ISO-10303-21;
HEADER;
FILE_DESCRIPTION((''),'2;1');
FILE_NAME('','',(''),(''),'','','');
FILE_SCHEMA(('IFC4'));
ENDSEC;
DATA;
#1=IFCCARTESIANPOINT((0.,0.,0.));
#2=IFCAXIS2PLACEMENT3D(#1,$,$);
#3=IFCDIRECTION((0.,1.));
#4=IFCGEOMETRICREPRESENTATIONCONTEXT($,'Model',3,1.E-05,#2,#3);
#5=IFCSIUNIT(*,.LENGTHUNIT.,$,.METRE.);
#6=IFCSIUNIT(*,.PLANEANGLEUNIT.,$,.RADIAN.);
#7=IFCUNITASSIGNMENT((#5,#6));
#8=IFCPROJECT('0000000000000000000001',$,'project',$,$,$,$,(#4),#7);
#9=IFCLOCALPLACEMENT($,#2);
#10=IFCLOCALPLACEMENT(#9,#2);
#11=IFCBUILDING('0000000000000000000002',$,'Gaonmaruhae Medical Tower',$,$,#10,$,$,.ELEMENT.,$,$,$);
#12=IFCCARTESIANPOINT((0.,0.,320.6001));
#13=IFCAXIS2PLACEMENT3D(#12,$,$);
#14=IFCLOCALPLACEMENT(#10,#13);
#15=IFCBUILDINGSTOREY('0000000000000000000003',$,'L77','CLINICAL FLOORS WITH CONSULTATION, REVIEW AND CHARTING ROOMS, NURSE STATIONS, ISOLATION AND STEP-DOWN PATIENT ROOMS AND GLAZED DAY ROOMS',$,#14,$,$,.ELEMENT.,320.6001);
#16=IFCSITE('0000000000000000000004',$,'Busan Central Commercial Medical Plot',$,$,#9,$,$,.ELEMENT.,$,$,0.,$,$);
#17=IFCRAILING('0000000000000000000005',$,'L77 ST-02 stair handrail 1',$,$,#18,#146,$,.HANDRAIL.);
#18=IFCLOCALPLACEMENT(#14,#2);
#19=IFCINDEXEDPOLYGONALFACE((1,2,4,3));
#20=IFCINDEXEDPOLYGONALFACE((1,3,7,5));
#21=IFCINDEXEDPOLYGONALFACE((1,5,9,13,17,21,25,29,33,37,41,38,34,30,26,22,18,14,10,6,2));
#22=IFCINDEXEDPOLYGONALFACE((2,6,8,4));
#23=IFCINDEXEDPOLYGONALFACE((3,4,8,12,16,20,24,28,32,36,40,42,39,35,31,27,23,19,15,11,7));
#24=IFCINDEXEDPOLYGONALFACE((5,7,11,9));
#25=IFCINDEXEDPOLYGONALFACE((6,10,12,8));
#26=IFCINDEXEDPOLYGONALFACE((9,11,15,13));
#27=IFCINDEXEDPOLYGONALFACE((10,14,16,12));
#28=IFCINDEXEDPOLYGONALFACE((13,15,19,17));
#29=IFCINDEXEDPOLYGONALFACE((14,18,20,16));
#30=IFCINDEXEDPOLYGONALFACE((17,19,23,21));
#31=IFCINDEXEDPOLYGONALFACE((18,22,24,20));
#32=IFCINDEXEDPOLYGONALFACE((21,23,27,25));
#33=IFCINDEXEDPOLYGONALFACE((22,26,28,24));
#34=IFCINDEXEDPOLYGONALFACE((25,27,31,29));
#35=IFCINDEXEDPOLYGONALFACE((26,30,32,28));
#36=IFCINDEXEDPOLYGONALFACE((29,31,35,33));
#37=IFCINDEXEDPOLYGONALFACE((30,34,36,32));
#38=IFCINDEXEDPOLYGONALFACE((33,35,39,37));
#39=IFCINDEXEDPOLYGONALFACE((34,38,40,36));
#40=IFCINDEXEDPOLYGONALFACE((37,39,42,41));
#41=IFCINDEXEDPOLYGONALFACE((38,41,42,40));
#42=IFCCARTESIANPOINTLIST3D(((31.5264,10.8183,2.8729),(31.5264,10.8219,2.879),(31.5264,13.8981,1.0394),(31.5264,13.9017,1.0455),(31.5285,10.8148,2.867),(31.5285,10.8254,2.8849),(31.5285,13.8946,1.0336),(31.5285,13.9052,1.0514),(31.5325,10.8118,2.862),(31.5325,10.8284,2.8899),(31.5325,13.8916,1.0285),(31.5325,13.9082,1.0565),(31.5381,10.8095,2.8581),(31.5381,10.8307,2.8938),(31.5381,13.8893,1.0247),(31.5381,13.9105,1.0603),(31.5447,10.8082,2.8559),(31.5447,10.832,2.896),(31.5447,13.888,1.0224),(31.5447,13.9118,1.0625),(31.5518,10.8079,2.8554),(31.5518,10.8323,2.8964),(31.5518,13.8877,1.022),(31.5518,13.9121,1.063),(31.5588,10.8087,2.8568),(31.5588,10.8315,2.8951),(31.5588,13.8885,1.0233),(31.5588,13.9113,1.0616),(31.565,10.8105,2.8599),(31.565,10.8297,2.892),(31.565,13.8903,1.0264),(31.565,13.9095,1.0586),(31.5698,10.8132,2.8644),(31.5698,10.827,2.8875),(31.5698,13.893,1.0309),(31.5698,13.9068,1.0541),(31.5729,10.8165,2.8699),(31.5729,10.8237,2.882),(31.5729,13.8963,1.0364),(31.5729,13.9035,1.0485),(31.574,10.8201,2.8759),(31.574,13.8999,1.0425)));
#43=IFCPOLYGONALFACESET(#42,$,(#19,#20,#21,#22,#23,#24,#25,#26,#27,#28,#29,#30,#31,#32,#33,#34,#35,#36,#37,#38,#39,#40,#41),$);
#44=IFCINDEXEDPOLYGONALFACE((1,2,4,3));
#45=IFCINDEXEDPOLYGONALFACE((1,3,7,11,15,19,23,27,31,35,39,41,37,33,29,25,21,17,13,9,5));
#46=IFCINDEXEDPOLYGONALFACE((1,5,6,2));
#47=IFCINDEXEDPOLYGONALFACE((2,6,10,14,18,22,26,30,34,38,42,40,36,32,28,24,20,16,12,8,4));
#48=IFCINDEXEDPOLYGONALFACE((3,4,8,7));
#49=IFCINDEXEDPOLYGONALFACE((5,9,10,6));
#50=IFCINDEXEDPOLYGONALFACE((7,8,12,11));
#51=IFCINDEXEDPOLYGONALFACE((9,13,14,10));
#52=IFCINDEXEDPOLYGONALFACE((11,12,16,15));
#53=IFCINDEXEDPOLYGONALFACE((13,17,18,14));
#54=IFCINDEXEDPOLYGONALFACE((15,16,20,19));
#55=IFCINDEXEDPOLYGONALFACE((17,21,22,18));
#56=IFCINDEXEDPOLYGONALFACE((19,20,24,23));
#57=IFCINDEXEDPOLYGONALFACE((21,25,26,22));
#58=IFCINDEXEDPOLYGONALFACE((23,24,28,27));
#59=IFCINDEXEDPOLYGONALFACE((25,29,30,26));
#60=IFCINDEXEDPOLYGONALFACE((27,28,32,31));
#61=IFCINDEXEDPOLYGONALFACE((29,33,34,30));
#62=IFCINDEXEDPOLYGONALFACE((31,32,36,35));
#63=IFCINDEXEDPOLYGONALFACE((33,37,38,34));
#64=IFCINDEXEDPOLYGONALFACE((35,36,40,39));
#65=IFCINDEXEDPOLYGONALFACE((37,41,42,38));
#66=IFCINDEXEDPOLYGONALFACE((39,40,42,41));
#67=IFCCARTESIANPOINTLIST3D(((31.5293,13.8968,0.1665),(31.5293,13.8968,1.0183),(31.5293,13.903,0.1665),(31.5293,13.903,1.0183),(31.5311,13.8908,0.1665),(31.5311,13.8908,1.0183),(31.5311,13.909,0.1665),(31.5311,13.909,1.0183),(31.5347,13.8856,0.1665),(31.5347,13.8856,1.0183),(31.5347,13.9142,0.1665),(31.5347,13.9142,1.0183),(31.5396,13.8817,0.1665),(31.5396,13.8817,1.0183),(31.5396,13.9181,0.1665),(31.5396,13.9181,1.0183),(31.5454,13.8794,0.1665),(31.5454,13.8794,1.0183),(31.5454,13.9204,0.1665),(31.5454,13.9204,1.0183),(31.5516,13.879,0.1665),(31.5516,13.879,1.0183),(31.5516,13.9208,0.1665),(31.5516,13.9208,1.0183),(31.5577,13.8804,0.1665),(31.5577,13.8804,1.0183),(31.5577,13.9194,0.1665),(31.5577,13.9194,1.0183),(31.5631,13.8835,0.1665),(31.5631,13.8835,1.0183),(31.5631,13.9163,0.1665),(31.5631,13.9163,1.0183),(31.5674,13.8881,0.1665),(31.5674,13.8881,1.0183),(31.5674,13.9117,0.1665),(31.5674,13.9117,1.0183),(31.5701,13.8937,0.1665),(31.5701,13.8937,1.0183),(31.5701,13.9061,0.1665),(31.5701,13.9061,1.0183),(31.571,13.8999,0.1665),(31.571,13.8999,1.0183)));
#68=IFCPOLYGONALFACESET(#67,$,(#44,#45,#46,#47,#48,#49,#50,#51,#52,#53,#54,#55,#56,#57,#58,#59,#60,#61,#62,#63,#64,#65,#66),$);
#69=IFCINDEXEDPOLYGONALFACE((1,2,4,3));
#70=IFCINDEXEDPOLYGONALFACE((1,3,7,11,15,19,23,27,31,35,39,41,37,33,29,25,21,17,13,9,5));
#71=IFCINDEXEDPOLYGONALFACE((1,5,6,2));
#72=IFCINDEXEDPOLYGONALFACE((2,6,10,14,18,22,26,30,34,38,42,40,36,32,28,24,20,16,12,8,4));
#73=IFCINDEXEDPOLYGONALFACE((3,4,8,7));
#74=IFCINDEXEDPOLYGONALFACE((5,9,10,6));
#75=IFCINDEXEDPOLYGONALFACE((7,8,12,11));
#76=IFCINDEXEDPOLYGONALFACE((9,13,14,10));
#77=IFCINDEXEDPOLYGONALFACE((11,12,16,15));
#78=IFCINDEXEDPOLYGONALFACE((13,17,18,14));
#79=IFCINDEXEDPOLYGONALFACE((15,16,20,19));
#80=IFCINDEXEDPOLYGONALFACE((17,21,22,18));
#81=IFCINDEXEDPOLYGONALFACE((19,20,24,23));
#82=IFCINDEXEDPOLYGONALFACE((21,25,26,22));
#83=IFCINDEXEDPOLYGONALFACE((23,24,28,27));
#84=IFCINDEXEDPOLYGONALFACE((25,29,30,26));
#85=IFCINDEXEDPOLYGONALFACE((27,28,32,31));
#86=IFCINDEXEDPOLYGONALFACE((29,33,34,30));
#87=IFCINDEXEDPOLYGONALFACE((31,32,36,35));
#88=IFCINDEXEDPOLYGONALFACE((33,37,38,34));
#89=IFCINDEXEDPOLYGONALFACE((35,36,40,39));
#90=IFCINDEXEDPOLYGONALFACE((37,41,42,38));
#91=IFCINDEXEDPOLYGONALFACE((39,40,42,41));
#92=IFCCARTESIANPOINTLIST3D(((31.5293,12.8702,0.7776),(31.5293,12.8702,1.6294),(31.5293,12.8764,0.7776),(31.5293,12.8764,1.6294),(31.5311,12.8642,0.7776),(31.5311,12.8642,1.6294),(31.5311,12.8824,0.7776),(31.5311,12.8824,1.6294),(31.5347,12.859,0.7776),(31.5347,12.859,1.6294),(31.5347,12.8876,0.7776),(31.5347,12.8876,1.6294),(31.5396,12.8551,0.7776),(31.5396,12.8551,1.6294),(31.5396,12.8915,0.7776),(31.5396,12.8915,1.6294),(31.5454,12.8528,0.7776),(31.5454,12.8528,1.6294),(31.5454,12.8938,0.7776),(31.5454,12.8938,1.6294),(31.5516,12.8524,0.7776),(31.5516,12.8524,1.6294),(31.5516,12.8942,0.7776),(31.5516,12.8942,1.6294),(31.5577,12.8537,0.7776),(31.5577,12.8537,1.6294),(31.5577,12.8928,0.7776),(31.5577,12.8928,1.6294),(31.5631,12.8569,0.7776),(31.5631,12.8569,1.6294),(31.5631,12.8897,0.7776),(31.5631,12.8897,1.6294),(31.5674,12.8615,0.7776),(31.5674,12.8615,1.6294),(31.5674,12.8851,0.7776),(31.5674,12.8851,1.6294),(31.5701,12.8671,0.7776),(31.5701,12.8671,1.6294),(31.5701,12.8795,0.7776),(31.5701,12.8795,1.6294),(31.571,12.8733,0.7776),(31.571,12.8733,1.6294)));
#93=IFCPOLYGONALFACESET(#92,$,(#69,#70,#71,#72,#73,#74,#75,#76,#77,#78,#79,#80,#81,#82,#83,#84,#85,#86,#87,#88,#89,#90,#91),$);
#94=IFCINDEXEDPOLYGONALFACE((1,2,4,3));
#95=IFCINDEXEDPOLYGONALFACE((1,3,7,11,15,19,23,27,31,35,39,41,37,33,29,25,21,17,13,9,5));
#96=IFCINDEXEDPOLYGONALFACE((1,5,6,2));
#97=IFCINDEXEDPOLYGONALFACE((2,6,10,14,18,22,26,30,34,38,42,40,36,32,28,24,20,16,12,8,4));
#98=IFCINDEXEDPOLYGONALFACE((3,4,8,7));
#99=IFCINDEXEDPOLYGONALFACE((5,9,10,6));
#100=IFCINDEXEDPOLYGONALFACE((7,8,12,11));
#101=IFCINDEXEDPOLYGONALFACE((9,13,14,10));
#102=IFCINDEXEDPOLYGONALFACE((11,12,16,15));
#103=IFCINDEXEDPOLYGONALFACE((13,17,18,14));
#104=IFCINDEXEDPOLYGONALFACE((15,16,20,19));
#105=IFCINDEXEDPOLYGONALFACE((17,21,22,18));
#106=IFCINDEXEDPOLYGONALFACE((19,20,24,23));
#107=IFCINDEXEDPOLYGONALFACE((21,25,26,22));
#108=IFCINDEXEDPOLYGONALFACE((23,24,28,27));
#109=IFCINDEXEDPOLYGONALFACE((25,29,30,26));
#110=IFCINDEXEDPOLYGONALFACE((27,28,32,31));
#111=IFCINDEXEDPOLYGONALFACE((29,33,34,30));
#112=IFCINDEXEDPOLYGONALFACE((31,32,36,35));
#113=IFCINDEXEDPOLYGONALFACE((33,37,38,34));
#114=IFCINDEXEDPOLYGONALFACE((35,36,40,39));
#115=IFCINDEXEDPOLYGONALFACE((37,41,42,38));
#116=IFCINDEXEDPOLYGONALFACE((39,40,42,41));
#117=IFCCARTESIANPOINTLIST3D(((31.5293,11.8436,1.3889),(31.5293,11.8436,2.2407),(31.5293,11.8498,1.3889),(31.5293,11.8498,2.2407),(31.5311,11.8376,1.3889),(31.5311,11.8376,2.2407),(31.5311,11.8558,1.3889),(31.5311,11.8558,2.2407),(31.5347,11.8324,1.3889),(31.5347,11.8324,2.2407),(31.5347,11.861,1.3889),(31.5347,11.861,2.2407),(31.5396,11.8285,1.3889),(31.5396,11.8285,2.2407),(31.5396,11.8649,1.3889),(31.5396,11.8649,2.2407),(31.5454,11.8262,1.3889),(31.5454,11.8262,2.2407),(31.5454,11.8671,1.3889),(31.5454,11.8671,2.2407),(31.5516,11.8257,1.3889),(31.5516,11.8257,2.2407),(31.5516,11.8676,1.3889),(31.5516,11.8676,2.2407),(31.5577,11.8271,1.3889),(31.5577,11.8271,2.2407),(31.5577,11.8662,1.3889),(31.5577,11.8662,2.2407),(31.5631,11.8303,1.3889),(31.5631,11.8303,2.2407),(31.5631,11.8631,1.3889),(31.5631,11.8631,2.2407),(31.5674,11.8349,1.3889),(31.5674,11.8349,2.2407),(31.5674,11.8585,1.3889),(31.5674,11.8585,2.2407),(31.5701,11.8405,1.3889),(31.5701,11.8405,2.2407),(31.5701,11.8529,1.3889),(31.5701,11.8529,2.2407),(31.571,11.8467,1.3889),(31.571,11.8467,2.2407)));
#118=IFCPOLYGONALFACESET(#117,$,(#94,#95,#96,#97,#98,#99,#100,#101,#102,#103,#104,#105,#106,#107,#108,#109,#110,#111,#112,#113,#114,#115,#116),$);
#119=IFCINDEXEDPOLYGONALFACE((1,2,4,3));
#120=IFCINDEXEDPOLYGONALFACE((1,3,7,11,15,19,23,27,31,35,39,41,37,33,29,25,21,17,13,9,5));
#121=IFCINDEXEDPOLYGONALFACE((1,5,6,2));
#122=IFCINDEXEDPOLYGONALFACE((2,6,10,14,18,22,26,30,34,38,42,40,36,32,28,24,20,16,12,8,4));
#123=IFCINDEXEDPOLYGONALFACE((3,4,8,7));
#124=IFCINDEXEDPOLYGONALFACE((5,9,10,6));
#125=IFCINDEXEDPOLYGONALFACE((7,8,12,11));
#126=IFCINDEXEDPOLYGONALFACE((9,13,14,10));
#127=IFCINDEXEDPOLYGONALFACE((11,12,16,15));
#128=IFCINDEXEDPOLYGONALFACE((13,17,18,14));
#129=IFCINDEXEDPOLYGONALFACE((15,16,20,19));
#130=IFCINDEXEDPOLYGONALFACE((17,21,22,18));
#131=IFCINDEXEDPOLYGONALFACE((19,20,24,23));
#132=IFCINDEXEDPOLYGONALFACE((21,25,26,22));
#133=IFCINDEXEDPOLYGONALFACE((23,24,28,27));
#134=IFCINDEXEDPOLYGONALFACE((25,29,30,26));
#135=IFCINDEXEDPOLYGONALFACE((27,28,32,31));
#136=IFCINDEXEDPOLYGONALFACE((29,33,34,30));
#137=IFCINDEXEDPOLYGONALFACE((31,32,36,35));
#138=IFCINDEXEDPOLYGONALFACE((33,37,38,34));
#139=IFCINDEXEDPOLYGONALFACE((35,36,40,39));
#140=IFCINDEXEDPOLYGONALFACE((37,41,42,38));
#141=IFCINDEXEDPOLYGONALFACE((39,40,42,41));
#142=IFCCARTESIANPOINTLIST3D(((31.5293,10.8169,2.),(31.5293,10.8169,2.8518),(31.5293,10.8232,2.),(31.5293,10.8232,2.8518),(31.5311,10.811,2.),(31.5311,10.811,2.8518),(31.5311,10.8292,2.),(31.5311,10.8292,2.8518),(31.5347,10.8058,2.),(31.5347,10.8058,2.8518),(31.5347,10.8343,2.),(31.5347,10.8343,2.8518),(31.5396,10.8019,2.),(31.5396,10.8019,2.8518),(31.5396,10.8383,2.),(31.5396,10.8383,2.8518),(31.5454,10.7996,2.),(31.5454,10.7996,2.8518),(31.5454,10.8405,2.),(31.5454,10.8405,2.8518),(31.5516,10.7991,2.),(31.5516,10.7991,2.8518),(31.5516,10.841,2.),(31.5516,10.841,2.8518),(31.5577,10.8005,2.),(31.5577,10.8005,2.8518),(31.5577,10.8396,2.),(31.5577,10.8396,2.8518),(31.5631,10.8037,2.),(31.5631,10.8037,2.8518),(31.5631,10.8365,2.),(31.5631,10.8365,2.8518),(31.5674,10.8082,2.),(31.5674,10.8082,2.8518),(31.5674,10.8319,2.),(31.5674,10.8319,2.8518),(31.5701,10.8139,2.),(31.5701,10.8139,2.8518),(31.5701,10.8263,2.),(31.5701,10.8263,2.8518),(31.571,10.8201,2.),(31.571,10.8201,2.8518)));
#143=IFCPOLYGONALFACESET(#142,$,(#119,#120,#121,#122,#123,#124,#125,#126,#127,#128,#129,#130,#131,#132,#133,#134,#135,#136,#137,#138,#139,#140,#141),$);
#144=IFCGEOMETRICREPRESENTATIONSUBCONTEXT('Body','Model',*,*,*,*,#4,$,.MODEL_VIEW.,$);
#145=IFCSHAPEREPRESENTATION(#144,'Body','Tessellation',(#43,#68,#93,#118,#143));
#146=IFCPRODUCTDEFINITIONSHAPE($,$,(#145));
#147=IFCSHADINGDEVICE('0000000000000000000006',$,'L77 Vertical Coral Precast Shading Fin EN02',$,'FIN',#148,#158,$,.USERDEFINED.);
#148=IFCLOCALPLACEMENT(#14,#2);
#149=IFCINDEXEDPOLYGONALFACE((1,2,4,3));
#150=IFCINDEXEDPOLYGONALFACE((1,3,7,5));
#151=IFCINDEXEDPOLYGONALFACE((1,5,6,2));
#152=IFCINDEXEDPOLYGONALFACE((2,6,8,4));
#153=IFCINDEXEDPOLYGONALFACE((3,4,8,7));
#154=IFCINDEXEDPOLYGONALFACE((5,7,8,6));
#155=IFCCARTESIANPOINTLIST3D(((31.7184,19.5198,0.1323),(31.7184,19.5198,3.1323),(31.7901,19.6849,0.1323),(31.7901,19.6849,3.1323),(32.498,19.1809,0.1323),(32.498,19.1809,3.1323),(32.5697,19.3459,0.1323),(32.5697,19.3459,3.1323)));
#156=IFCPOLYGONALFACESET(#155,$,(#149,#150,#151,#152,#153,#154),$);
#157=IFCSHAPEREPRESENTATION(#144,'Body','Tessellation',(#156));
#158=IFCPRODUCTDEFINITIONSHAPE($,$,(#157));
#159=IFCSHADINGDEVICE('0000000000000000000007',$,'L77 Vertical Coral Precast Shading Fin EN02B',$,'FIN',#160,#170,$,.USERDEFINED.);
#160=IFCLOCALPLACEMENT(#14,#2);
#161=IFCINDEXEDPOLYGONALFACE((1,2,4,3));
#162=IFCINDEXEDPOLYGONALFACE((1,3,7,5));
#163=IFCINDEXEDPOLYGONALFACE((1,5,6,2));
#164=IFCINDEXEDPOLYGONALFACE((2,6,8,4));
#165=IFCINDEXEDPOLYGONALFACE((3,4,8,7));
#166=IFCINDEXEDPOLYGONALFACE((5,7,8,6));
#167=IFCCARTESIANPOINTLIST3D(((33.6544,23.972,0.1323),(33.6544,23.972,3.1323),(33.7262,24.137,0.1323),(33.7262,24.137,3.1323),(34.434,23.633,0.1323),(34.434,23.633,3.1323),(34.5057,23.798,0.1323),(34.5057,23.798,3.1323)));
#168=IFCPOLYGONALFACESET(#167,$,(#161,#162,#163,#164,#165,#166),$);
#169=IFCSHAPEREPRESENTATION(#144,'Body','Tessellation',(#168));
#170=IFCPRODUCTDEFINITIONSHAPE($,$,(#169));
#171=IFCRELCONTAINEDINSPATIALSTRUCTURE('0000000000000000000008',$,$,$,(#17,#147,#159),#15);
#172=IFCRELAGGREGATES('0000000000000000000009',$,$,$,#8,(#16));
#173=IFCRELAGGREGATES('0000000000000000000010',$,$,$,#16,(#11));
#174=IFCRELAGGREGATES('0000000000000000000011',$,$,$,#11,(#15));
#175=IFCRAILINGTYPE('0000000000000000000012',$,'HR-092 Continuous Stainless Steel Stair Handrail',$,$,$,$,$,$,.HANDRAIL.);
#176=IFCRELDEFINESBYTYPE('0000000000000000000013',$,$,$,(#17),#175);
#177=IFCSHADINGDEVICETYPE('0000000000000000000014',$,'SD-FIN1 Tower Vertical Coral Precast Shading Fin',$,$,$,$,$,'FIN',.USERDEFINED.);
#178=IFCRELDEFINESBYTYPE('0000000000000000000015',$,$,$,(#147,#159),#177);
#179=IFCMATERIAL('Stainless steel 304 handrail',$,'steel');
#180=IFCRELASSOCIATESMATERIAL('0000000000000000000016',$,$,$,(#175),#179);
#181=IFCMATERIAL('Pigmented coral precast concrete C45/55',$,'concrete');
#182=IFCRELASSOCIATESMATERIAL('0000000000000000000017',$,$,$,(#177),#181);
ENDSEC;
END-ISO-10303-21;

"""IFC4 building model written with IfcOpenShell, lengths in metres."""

from ifc_helpers import new_model, si_unit, direction, frame, origin, origin_2d, place, context, subcontext, project, spatial, rectangle, circle, extrude, material, type_object, element, save


model = new_model("IFC4")

# Units and contexts
model_context = context("Model", 3, precision=1e-05, world=origin(), true_north=direction((0.0, 1.0)))
body_context = subcontext(model_context, "Body", "Model", "MODEL_VIEW")
ifc_project = project(units=[si_unit("LENGTHUNIT", "METRE"), si_unit("PLANEANGLEUNIT", "RADIAN")], contexts=[model_context])

# Site, building, storey
site_placement = place(None, origin())
site = spatial("IfcSite", under=ifc_project, at=site_placement, Name="Busan Central Commercial Medical Plot", CompositionType="ELEMENT", RefElevation=0.0)
building_placement = place(site_placement, origin())
building = spatial("IfcBuilding", under=site, at=building_placement, Name="Gaonmaruhae Medical Tower", CompositionType="ELEMENT")
storey_placement = place(building_placement, frame((0.0, 0.0, 320.6001)))
storey = spatial("IfcBuildingStorey", under=building, at=storey_placement, Name="L77", Description="CLINICAL FLOORS WITH CONSULTATION, REVIEW AND CHARTING ROOMS, NURSE STATIONS, ISOLATION AND STEP-DOWN PATIENT ROOMS AND GLAZED DAY ROOMS", CompositionType="ELEMENT", Elevation=320.6001)

# Railing
ifc_material_1 = material(Name="Stainless steel 304 handrail", Category="steel")
railing_type_1 = type_object("IfcRailingType", Name="HR-092 Continuous Stainless Steel Stair Handrail", PredefinedType="HANDRAIL", material=ifc_material_1)
railing_1_placement = place(storey_placement, frame((31.55, 13.8999, 0.1665)))
element("IfcRailing", 1, at=railing_1_placement, inside=storey, type_object=railing_type_1, Name="L77 ST-02 stair handrail 1", PredefinedType="HANDRAIL", context=body_context, shape_type="SweptSolid", body=[
    extrude(circle(Radius=0.0239, at=origin_2d()), frame((0.0, 0.0, 0.876), z_axis=(0.0, -0.859261, 0.511538), x_axis=(1.0, 0.0, 0.0)), (0.0, 0.0, 1.0), 3.5842),
    extrude(circle(Radius=0.021, at=origin_2d()), origin(), (0.0, 0.0, 1.0), 0.8518),
    extrude(circle(Radius=0.021, at=origin_2d()), frame((0.0, -1.0266, 0.6111)), (0.0, 0.0, 1.0), 0.8518),
    extrude(circle(Radius=0.021, at=origin_2d()), frame((0.0, -2.0532, 1.2224)), (0.0, 0.0, 1.0), 0.8518),
    extrude(circle(Radius=0.021, at=origin_2d()), frame((0.0, -3.0798, 1.8335)), (0.0, 0.0, 1.0), 0.8518),
])

# Shading devices
ifc_material_2 = material(Name="Pigmented coral precast concrete C45/55", Category="concrete")
shading_device_type = type_object("IfcShadingDeviceType", Name="SD-FIN1 Tower Vertical Coral Precast Shading Fin", ElementType="FIN", PredefinedType="USERDEFINED", material=ifc_material_2)
for number, where, z_axis, x_axis, name in (
    (2, (32.144, 19.4329, 0.1323), (0.0, 0.0, 1.0), (0.398749, 0.91706, 0.0), "L77 Vertical Coral Precast Shading Fin EN02"),
    (3, (34.0801, 23.885, 0.1323), (0.0, 0.0, 1.0), (0.398749, 0.91706, 0.0), "L77 Vertical Coral Precast Shading Fin EN02B"),
):
    element("IfcShadingDevice", number, at=place(storey_placement, frame(where, z_axis=z_axis, x_axis=x_axis)), inside=storey, type_object=shading_device_type, Name=name, ObjectType="FIN", PredefinedType="USERDEFINED", context=body_context, shape_type="SweptSolid", body=[
        extrude(rectangle(XDim=0.1799, YDim=0.8501, at=origin_2d()), origin(), (0.0, 0.0, 1.0), 3.0),
    ])

save(model, "model.ifc")
